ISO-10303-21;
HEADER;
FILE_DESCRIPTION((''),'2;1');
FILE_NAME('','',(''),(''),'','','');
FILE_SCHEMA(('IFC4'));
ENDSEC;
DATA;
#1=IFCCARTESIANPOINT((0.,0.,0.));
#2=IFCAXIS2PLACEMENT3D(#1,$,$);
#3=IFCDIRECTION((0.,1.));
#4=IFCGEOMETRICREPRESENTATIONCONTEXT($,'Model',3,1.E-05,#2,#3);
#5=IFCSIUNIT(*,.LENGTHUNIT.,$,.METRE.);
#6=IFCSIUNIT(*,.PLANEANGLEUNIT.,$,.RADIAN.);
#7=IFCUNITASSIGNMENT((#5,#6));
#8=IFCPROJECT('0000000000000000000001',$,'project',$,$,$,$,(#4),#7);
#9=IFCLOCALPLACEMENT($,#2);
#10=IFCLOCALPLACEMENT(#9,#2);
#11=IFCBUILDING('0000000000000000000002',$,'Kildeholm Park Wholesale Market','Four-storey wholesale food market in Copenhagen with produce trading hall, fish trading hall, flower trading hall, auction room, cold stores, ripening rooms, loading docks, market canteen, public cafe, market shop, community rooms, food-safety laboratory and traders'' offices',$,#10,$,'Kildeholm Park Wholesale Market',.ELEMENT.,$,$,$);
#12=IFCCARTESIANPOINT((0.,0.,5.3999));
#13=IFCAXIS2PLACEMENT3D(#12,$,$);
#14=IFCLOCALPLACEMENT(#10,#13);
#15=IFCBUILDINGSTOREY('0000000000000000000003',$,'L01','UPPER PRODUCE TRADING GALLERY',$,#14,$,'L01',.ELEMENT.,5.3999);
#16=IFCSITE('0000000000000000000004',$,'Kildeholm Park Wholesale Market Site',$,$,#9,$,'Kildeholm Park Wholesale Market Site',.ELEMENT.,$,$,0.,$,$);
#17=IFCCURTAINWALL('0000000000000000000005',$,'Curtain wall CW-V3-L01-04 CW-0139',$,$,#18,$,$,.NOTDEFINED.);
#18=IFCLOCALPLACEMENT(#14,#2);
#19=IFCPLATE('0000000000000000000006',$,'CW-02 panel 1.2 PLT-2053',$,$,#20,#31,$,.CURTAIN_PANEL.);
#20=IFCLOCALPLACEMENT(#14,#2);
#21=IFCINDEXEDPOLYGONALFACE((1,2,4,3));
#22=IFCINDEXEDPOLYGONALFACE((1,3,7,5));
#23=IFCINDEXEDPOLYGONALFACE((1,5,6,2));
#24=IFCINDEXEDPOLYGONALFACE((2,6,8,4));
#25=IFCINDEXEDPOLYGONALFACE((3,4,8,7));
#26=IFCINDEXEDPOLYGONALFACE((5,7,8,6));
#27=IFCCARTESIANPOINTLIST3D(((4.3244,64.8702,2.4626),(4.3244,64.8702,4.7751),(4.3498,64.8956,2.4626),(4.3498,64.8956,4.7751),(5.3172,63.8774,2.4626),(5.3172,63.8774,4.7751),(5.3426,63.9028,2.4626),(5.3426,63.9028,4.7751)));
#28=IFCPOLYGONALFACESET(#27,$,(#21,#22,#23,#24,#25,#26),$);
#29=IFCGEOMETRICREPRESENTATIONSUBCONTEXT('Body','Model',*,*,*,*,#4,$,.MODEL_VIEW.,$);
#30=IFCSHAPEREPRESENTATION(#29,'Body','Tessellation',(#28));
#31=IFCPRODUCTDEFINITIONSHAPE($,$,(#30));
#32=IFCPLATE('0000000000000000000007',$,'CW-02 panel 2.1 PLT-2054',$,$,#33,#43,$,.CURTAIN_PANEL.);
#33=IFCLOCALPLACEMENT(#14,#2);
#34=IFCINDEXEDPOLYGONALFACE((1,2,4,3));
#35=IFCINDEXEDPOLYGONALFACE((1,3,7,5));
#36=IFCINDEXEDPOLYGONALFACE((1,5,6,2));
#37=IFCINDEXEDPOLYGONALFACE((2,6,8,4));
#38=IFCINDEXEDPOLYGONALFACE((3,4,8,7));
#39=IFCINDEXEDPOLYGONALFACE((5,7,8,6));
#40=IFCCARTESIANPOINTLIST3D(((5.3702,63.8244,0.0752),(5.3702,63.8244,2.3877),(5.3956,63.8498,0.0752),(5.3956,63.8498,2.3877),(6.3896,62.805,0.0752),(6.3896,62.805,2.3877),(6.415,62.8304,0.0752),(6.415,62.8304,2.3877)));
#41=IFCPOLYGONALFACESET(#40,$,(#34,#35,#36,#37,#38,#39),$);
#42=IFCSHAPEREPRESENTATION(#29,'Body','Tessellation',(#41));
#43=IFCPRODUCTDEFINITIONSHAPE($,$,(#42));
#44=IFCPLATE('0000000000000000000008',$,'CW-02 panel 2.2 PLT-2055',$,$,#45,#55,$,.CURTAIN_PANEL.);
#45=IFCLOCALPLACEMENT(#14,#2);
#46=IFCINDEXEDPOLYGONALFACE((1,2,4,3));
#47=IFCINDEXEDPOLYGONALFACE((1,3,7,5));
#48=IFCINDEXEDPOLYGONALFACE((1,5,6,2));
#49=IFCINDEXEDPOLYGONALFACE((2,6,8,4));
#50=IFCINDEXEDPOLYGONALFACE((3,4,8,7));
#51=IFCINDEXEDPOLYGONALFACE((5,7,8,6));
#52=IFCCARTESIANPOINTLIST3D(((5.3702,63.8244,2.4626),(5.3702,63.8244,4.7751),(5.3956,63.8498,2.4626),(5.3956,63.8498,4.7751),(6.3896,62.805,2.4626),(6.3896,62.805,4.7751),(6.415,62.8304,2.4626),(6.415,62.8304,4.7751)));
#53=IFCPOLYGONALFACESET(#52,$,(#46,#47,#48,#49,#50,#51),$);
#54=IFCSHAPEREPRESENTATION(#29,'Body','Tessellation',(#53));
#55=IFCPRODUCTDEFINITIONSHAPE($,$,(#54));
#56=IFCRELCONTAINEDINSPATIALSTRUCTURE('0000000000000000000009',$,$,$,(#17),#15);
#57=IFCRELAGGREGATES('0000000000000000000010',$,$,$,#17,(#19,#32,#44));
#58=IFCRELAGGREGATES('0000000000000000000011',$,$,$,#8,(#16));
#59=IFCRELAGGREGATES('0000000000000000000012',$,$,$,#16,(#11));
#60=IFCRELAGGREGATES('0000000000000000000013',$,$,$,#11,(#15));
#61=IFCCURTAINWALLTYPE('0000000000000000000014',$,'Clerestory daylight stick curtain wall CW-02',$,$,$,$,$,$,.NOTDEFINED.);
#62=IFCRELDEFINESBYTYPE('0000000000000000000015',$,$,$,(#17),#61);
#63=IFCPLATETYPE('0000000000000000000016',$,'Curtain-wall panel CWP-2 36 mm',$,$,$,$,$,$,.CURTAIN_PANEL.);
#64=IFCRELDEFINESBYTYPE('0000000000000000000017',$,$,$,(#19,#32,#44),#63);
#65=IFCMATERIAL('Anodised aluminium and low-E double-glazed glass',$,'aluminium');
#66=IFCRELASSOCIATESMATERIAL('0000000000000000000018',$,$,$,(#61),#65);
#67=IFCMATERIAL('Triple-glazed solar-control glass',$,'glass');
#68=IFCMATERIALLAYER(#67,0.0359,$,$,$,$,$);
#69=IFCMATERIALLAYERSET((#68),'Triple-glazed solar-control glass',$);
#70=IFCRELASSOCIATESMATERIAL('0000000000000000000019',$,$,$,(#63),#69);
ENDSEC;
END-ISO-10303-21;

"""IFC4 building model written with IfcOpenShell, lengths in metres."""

from ifc_helpers import new_model, si_unit, direction, frame, origin, origin_2d, place, context, subcontext, project, spatial, rectangle, extrude, material, layer, layer_set, type_object, element, aggregate, save


model = new_model("IFC4")

# Units and contexts
model_context = context("Model", 3, precision=1e-05, world=origin(), true_north=direction((0.0, 1.0)))
body_context = subcontext(model_context, "Body", "Model", "MODEL_VIEW")
ifc_project = project(units=[si_unit("LENGTHUNIT", "METRE"), si_unit("PLANEANGLEUNIT", "RADIAN")], contexts=[model_context])

# Site, building, storey
site_placement = place(None, origin())
site = spatial("IfcSite", under=ifc_project, at=site_placement, Name="Kildeholm Park Wholesale Market Site", LongName="Kildeholm Park Wholesale Market Site", CompositionType="ELEMENT", RefElevation=0.0)
building_placement = place(site_placement, origin())
building = spatial("IfcBuilding", under=site, at=building_placement, Name="Kildeholm Park Wholesale Market", Description="Four-storey wholesale food market in Copenhagen with produce trading hall, fish trading hall, flower trading hall, auction room, cold stores, ripening rooms, loading docks, market canteen, public cafe, market shop, community rooms, food-safety laboratory and traders' offices", LongName="Kildeholm Park Wholesale Market", CompositionType="ELEMENT")
storey_placement = place(building_placement, frame((0.0, 0.0, 5.3999)))
storey = spatial("IfcBuildingStorey", under=building, at=storey_placement, Name="L01", Description="UPPER PRODUCE TRADING GALLERY", LongName="L01", CompositionType="ELEMENT", Elevation=5.3999)

# Curtain wall
ifc_material_1 = material(Name="Anodised aluminium and low-E double-glazed glass", Category="aluminium")
curtain_wall_type = type_object("IfcCurtainWallType", Name="Clerestory daylight stick curtain wall CW-02", PredefinedType="NOTDEFINED", material=ifc_material_1)
curtain_wall_1_placement = place(storey_placement, origin())
curtain_wall_1 = element("IfcCurtainWall", 1, at=curtain_wall_1_placement, inside=storey, type_object=curtain_wall_type, Name="Curtain wall CW-V3-L01-04 CW-0139", PredefinedType="NOTDEFINED")

# Plates
ifc_material_2 = material(Name="Triple-glazed solar-control glass", Category="glass")
ifc_layer = layer(ifc_material_2, 0.0359)
ifc_layer_set = layer_set([ifc_layer], Name="Triple-glazed solar-control glass")
plate_type = type_object("IfcPlateType", Name="Curtain-wall panel CWP-2 36 mm", PredefinedType="CURTAIN_PANEL", material=ifc_layer_set)
plate_1_placement = place(storey_placement, frame((4.8335, 64.3865, 2.4626), z_axis=(0.0, 0.0, 1.0), x_axis=(0.707107, -0.707107, 0.0)))
plate_1 = element("IfcPlate", 2, at=plate_1_placement, type_object=plate_type, Name="CW-02 panel 1.2 PLT-2053", PredefinedType="CURTAIN_PANEL", context=body_context, shape_type="SweptSolid", body=[
    extrude(rectangle(XDim=1.4041, YDim=0.0359, at=origin_2d()), origin(), (0.0, 0.0, 1.0), 2.3125),
])
plate_2_placement = place(storey_placement, frame((5.8926, 63.3274, 0.0752), z_axis=(0.0, 0.0, 1.0), x_axis=(0.707107, -0.707107, 0.0)))
plate_2 = element("IfcPlate", 3, at=plate_2_placement, type_object=plate_type, Name="CW-02 panel 2.1 PLT-2054", PredefinedType="CURTAIN_PANEL", context=body_context, shape_type="SweptSolid", body=[
    extrude(rectangle(XDim=1.4417, YDim=0.0359, at=origin_2d()), origin(), (0.0, 0.0, 1.0), 2.3125),
])
plate_3_placement = place(storey_placement, frame((5.8926, 63.3274, 2.4626), z_axis=(0.0, 0.0, 1.0), x_axis=(0.707107, -0.707107, 0.0)))
plate_3 = element("IfcPlate", 4, at=plate_3_placement, type_object=plate_type, Name="CW-02 panel 2.2 PLT-2055", PredefinedType="CURTAIN_PANEL", context=body_context, shape_type="SweptSolid", body=[
    extrude(rectangle(XDim=1.4417, YDim=0.0359, at=origin_2d()), origin(), (0.0, 0.0, 1.0), 2.3125),
])
aggregate(curtain_wall_1, [plate_1, plate_2, plate_3])

save(model, "model.ifc")
